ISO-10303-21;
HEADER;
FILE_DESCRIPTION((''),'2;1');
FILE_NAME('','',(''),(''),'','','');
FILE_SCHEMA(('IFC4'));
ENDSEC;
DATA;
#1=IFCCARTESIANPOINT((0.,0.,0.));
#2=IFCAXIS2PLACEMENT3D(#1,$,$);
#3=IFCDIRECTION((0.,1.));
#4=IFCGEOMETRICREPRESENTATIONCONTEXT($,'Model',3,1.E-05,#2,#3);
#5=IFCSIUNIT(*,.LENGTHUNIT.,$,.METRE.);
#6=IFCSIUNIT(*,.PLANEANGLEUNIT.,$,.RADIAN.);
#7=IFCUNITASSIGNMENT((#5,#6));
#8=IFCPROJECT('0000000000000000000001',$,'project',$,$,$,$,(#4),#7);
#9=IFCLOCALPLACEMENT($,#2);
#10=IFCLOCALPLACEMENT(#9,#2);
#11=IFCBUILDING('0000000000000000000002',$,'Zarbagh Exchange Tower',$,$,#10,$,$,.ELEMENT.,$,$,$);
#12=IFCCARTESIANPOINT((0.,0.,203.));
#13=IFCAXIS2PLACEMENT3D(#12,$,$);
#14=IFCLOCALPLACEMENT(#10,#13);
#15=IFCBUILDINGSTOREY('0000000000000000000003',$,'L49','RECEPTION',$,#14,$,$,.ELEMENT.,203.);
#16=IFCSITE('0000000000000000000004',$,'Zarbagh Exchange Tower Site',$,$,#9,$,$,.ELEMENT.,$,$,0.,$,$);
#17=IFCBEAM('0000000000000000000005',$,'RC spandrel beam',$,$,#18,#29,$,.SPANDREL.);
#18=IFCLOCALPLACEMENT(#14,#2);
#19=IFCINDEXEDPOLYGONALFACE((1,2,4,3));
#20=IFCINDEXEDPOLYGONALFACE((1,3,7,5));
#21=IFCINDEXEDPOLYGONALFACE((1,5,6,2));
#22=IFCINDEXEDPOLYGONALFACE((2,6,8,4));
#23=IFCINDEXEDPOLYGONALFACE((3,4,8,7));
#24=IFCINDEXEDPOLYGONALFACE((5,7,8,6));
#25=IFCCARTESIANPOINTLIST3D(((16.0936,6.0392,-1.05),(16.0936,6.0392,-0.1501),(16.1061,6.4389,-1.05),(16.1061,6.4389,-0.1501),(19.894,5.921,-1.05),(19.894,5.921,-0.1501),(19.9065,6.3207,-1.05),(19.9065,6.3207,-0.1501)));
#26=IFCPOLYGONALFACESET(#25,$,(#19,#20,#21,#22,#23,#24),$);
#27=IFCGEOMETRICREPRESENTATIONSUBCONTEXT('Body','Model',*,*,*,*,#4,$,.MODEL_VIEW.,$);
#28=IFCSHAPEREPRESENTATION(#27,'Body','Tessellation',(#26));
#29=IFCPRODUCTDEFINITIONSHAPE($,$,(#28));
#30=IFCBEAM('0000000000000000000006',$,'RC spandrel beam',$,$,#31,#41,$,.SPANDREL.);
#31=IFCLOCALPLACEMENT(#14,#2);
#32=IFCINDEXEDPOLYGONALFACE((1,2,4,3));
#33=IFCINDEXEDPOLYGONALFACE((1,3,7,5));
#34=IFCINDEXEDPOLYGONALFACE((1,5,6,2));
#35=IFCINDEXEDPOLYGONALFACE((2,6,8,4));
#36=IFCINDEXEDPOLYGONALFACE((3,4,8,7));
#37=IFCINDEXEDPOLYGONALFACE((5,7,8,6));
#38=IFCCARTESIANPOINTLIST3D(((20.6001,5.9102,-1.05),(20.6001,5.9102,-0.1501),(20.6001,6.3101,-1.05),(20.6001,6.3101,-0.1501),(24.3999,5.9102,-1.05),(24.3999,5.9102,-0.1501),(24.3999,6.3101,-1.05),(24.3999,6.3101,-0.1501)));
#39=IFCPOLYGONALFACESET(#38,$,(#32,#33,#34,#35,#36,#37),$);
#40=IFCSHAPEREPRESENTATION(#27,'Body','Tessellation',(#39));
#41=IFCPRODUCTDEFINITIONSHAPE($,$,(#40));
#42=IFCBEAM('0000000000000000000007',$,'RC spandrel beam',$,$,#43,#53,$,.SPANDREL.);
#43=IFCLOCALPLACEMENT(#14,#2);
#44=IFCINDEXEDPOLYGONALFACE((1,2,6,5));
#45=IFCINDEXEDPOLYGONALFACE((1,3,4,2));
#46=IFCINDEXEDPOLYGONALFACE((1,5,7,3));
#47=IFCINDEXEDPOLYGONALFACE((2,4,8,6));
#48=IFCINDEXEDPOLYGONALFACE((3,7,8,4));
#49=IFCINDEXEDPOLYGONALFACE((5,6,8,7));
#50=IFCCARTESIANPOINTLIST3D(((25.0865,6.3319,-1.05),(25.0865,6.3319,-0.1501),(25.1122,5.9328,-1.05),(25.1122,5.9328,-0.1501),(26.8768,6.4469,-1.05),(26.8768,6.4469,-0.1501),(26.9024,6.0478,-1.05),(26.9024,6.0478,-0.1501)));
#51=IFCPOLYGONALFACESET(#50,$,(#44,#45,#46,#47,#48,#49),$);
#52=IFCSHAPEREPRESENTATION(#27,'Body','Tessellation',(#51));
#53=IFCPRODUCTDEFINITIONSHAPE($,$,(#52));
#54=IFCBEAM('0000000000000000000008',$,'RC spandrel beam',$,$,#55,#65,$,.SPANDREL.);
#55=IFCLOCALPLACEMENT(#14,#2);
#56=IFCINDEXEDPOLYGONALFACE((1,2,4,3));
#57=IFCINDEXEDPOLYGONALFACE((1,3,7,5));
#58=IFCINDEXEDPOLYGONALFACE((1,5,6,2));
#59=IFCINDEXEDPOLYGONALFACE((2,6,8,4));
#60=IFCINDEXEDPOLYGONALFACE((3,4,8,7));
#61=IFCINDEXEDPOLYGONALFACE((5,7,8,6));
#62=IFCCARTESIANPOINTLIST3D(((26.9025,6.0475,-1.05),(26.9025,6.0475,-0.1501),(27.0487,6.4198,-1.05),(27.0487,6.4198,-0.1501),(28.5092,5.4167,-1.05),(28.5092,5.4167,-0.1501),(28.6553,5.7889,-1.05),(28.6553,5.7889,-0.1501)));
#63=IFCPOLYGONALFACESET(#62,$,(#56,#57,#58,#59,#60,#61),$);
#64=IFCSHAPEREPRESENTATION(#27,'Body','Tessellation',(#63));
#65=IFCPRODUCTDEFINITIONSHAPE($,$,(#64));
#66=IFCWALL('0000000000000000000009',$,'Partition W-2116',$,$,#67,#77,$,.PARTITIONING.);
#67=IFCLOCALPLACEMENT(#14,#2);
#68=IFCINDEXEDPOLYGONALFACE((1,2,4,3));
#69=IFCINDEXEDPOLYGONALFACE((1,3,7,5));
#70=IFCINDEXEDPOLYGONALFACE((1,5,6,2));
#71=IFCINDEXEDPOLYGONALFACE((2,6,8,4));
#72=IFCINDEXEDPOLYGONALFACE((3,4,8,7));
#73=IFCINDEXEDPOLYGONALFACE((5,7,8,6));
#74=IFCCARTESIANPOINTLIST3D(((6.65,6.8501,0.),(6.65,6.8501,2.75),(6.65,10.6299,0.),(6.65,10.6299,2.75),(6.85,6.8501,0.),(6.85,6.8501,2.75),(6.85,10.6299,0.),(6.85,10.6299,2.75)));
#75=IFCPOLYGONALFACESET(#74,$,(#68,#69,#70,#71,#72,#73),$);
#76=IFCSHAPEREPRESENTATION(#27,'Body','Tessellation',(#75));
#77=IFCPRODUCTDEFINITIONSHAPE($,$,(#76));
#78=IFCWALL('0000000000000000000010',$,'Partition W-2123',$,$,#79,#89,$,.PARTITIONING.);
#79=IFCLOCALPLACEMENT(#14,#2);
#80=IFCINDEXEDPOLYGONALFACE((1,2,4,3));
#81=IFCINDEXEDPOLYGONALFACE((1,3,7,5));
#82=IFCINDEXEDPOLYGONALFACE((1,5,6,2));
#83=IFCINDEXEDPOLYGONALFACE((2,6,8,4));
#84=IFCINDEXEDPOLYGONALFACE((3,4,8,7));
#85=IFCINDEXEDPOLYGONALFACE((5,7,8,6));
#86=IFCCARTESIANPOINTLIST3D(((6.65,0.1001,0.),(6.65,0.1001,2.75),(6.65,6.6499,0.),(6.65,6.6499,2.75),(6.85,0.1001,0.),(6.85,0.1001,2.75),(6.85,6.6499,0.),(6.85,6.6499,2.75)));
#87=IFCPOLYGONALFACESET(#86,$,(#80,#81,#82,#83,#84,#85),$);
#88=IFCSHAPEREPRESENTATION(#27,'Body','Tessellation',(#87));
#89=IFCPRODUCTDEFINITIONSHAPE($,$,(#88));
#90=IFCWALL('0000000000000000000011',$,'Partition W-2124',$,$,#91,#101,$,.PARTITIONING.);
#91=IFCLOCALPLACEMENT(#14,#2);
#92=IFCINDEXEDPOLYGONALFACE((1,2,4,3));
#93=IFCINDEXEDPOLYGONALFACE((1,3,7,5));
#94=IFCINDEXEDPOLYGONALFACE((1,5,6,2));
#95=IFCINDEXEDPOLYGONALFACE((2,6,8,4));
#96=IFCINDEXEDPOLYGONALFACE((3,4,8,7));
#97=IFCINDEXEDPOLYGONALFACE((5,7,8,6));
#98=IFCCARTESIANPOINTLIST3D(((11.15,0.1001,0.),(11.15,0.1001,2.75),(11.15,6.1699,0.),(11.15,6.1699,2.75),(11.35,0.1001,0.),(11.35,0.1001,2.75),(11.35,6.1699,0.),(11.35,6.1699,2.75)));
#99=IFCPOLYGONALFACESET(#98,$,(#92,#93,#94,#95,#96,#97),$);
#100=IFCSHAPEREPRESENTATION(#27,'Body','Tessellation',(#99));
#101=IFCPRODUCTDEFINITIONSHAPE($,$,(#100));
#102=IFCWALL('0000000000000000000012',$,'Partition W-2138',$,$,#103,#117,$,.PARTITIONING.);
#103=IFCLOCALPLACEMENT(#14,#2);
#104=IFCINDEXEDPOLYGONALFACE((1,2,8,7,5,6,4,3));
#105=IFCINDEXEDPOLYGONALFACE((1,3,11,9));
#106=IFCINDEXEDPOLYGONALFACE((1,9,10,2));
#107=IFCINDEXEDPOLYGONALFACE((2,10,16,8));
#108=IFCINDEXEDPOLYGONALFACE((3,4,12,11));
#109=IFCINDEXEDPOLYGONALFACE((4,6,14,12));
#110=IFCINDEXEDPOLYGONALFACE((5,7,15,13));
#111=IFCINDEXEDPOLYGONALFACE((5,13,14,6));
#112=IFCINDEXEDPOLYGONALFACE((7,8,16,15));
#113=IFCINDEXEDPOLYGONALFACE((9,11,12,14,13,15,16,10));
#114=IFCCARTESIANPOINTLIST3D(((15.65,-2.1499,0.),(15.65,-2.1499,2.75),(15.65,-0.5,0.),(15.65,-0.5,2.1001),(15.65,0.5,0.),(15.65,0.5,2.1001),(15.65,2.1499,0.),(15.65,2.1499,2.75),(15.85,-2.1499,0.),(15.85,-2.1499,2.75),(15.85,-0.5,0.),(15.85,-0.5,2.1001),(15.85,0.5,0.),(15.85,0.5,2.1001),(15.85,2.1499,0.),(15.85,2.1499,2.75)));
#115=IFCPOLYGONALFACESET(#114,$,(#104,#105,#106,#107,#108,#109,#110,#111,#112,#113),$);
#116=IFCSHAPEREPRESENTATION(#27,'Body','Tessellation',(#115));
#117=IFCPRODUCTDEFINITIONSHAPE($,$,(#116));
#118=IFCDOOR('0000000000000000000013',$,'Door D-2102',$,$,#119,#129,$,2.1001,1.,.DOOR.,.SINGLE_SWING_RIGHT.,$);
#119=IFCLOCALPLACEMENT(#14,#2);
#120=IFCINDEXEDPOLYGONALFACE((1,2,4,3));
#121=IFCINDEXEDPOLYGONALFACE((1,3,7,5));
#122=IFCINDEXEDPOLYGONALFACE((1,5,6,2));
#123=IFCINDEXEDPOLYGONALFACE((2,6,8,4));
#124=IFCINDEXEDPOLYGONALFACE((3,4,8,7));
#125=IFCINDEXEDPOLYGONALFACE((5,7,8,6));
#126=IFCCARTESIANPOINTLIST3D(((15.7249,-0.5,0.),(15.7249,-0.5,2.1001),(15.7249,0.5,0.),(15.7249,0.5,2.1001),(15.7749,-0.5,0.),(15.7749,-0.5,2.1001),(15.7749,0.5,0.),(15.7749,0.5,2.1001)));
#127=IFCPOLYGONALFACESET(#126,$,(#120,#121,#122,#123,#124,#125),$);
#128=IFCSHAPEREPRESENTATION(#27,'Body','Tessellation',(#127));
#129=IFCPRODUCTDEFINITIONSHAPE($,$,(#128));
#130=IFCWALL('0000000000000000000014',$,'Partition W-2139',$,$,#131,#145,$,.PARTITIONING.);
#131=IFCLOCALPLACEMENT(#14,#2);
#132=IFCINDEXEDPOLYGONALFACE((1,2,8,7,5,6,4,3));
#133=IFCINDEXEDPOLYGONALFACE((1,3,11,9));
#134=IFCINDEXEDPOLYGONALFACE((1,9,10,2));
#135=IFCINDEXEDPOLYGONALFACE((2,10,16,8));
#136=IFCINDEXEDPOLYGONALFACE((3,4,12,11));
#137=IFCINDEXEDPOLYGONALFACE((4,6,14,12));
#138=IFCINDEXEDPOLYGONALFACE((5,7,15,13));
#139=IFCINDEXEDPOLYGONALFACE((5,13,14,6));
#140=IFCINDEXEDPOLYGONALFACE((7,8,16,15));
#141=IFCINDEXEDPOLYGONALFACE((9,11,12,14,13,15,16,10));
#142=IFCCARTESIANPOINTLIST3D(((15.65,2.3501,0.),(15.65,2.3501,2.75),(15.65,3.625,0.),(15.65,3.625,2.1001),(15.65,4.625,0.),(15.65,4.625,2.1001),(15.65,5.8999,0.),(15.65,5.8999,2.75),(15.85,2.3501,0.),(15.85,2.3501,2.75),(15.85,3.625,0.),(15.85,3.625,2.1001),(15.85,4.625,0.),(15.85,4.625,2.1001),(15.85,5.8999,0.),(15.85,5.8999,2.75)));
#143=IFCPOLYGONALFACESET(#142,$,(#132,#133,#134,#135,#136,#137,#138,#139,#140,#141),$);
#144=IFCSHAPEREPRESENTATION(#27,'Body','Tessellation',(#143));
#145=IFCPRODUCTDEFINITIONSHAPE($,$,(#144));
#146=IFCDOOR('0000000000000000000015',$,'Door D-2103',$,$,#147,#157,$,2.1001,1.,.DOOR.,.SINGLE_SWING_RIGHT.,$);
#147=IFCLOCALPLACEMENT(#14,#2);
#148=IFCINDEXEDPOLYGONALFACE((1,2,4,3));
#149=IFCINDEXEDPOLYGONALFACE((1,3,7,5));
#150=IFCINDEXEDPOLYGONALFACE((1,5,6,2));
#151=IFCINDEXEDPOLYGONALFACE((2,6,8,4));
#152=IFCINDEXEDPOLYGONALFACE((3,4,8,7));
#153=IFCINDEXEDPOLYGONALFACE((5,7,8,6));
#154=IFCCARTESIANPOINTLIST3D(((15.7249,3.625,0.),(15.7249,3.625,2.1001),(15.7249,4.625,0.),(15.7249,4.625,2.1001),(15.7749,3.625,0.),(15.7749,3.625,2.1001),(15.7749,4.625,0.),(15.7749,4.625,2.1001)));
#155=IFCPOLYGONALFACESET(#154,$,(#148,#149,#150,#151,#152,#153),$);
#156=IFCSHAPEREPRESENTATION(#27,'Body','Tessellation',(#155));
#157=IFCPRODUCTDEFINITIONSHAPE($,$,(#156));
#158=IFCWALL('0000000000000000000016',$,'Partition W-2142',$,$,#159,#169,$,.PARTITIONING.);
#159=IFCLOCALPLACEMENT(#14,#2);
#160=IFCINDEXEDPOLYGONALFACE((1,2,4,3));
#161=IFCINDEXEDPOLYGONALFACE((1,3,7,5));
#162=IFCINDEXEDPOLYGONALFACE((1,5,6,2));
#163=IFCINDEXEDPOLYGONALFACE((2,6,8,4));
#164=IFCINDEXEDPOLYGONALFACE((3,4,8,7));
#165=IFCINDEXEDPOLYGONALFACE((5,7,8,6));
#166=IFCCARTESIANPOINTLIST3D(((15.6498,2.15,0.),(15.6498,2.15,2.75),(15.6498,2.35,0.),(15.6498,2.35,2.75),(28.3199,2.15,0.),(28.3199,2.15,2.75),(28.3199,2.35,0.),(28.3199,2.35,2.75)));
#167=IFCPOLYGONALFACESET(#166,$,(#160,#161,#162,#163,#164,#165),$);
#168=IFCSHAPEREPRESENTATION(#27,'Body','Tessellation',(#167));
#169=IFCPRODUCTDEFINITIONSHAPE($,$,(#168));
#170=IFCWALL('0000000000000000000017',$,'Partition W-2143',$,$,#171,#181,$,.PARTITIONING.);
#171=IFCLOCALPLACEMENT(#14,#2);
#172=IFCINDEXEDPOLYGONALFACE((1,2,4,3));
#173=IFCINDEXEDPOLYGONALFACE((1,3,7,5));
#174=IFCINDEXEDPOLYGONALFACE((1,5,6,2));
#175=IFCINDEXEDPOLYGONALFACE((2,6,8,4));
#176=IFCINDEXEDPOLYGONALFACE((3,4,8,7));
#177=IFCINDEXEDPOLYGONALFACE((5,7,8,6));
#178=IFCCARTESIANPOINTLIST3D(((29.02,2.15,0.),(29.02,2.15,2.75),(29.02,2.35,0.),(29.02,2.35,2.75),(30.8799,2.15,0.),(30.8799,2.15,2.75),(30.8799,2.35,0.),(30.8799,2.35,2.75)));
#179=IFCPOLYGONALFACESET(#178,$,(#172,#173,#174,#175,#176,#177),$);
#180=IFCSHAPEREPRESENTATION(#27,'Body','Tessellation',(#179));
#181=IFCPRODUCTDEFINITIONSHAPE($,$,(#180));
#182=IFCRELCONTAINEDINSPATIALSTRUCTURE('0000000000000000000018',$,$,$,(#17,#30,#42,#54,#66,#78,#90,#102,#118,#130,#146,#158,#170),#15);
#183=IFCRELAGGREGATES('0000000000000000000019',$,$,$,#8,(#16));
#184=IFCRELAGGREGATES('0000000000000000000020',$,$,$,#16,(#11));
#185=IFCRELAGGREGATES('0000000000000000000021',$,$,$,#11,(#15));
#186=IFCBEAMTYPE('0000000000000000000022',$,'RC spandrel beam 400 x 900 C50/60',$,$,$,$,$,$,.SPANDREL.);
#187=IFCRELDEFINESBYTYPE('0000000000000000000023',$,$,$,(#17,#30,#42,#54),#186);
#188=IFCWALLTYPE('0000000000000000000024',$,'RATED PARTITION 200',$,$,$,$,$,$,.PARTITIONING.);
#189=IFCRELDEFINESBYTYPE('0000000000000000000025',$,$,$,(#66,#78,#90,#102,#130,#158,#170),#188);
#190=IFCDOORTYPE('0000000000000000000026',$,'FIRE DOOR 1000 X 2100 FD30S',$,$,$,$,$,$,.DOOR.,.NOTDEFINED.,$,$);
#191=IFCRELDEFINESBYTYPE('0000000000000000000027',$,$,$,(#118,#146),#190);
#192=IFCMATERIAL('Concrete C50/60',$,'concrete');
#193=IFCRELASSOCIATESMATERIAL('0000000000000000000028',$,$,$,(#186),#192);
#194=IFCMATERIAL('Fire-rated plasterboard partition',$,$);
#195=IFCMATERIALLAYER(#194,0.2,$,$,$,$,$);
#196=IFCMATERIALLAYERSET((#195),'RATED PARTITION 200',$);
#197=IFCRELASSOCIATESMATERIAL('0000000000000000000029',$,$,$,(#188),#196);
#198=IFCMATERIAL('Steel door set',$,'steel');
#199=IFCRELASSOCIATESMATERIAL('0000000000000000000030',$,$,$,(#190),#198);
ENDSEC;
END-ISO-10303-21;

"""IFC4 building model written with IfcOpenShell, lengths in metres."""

from ifc_helpers import new_model, si_unit, direction, frame, frame_2d, origin, origin_2d, place, context, subcontext, project, spatial, rectangle, extrude, material, layer, layer_set, material_profile, profile_set, type_object, element, fill, save


model = new_model("IFC4")

# Units and contexts
model_context = context("Model", 3, precision=1e-05, world=origin(), true_north=direction((0.0, 1.0)))
body_context = subcontext(model_context, "Body", "Model", "MODEL_VIEW")
ifc_project = project(units=[si_unit("LENGTHUNIT", "METRE"), si_unit("PLANEANGLEUNIT", "RADIAN")], contexts=[model_context])

# Site, building, storey
site_placement = place(None, origin())
site = spatial("IfcSite", under=ifc_project, at=site_placement, Name="Zarbagh Exchange Tower Site", CompositionType="ELEMENT", RefElevation=0.0)
building_placement = place(site_placement, origin())
building = spatial("IfcBuilding", under=site, at=building_placement, Name="Zarbagh Exchange Tower", CompositionType="ELEMENT")
storey_placement = place(building_placement, frame((0.0, 0.0, 203.0)))
storey = spatial("IfcBuildingStorey", under=building, at=storey_placement, Name="L49", Description="RECEPTION", CompositionType="ELEMENT", Elevation=203.0)

# Shared definitions
ifc_material_1 = material(Name="Concrete C50/60", Category="concrete")

# Beams
ifc_material_profile_1 = material_profile(ifc_material_1, rectangle(XDim=0.3999, YDim=0.8999, at=origin_2d()), Name="RC spandrel beam 400 x 900 C50/60")
ifc_profile_set_1 = profile_set([ifc_material_profile_1], Name="Concrete C50/60")
beam_type_1 = type_object("IfcBeamType", Name="RC spandrel beam 400 x 900 C50/60", PredefinedType="SPANDREL", material=ifc_profile_set_1)
beam_1_placement = place(storey_placement, frame((16.0999, 6.239, -0.6001), z_axis=(0.999517, -0.031078, 0.0), x_axis=(0.031078, 0.999517, 0.0)))
element("IfcBeam", 1, at=beam_1_placement, inside=storey, type_object=beam_type_1, Name="RC spandrel beam", PredefinedType="SPANDREL", context=body_context, shape_type="SweptSolid", body=[
    extrude(rectangle(XDim=0.3999, YDim=0.8999, at=origin_2d()), origin(), (0.0, 0.0, 1.0), 3.8022),
])
beam_2_placement = place(storey_placement, frame((20.6001, 6.1101, -0.6001), z_axis=(1.0, 0.0, 0.0), x_axis=(0.0, 1.0, 0.0)))
element("IfcBeam", 2, at=beam_2_placement, inside=storey, type_object=beam_type_1, Name="RC spandrel beam", PredefinedType="SPANDREL", context=body_context, shape_type="SweptSolid", body=[
    extrude(rectangle(XDim=0.3999, YDim=0.8999, at=origin_2d()), origin(), (0.0, 0.0, 1.0), 3.7998),
])
beam_3_placement = place(storey_placement, frame((25.0994, 6.1323, -0.6001), z_axis=(0.997944, 0.064098, 0.0), x_axis=(-0.064098, 0.997944, 0.0)))
element("IfcBeam", 3, at=beam_3_placement, inside=storey, type_object=beam_type_1, Name="RC spandrel beam", PredefinedType="SPANDREL", context=body_context, shape_type="SweptSolid", body=[
    extrude(rectangle(XDim=0.3999, YDim=0.8999, at=origin_2d()), origin(), (0.0, 0.0, 1.0), 1.7939),
])
beam_4_placement = place(storey_placement, frame((26.9756, 6.2336, -0.6001), z_axis=(0.930819, -0.365482, 0.0), x_axis=(0.365482, 0.930819, 0.0)))
element("IfcBeam", 4, at=beam_4_placement, inside=storey, type_object=beam_type_1, Name="RC spandrel beam", PredefinedType="SPANDREL", context=body_context, shape_type="SweptSolid", body=[
    extrude(rectangle(XDim=0.3999, YDim=0.8999, at=origin_2d()), origin(), (0.0, 0.0, 1.0), 1.7261),
])

# Walls
ifc_material_2 = material(Name="Fire-rated plasterboard partition")
ifc_layer = layer(ifc_material_2, 0.2)
ifc_layer_set = layer_set([ifc_layer], Name="RATED PARTITION 200")
wall_type = type_object("IfcWallType", Name="RATED PARTITION 200", PredefinedType="PARTITIONING", material=ifc_layer_set)
wall_1_placement = place(storey_placement, frame((6.75, 6.8501, 0.0), z_axis=(0.0, 0.0, 1.0), x_axis=(0.0, 1.0, 0.0)))
element("IfcWall", 5, at=wall_1_placement, inside=storey, type_object=wall_type, Name="Partition W-2116", PredefinedType="PARTITIONING", context=body_context, shape_type="SweptSolid", body=[
    extrude(rectangle(XDim=3.7798, YDim=0.2, at=frame_2d((1.8899, 0.0))), origin(), (0.0, 0.0, 1.0), 2.75),
])
wall_2_placement = place(storey_placement, frame((6.75, 0.1001, 0.0), z_axis=(0.0, 0.0, 1.0), x_axis=(0.0, 1.0, 0.0)))
element("IfcWall", 6, at=wall_2_placement, inside=storey, type_object=wall_type, Name="Partition W-2123", PredefinedType="PARTITIONING", context=body_context, shape_type="SweptSolid", body=[
    extrude(rectangle(XDim=6.5498, YDim=0.2, at=frame_2d((3.2749, 0.0))), origin(), (0.0, 0.0, 1.0), 2.75),
])
wall_3_placement = place(storey_placement, frame((11.25, 0.1001, 0.0), z_axis=(0.0, 0.0, 1.0), x_axis=(0.0, 1.0, 0.0)))
element("IfcWall", 7, at=wall_3_placement, inside=storey, type_object=wall_type, Name="Partition W-2124", PredefinedType="PARTITIONING", context=body_context, shape_type="SweptSolid", body=[
    extrude(rectangle(XDim=6.0698, YDim=0.2, at=frame_2d((3.0349, 0.0))), origin(), (0.0, 0.0, 1.0), 2.75),
])

# Walls, openings, doors
wall_4_placement = place(storey_placement, frame((15.75, 2.1499, 0.0), z_axis=(0.0, 0.0, 1.0), x_axis=(0.0, -1.0, 0.0)))
wall_4 = element("IfcWall", 8, at=wall_4_placement, inside=storey, type_object=wall_type, Name="Partition W-2138", PredefinedType="PARTITIONING", context=body_context, shape_type="SweptSolid", body=[
    extrude(rectangle(XDim=4.2998, YDim=0.2, at=frame_2d((2.1499, 0.0))), origin(), (0.0, 0.0, 1.0), 2.75),
])
opening_1_placement = place(wall_4_placement, frame((1.6499, 0.0, 0.0)))
opening_1 = element("IfcOpeningElement", 9, at=opening_1_placement, cuts=wall_4, PredefinedType="OPENING", context=body_context, shape_type="SweptSolid", body=[
    extrude(rectangle(XDim=1.0, YDim=2.1001, at=frame_2d((0.5, 1.05))), frame((0.0, 0.1099, 0.0), z_axis=(0.0, -1.0, 0.0), x_axis=(1.0, 0.0, 0.0)), (0.0, 0.0, 1.0), 0.22),
])
ifc_material_3 = material(Name="Steel door set", Category="steel")
door_type = type_object("IfcDoorType", Name="FIRE DOOR 1000 X 2100 FD30S", OperationType="NOTDEFINED", PredefinedType="DOOR", material=ifc_material_3)
door_1_placement = place(opening_1_placement, origin())
door_1 = element("IfcDoor", 10, at=door_1_placement, inside=storey, type_object=door_type, Name="Door D-2102", OperationType="SINGLE_SWING_RIGHT", OverallHeight=2.1001, OverallWidth=1.0, PredefinedType="DOOR", context=body_context, shape_type="SweptSolid", body=[
    extrude(rectangle(XDim=1.0, YDim=2.1001, at=frame_2d((0.5, 1.05))), frame((0.0, 0.0249, 0.0), z_axis=(0.0, -1.0, 0.0), x_axis=(1.0, 0.0, 0.0)), (0.0, 0.0, 1.0), 0.05),
])
fill(opening_1, door_1)
wall_5_placement = place(storey_placement, frame((15.75, 5.8999, 0.0), z_axis=(0.0, 0.0, 1.0), x_axis=(0.0, -1.0, 0.0)))
wall_5 = element("IfcWall", 11, at=wall_5_placement, inside=storey, type_object=wall_type, Name="Partition W-2139", PredefinedType="PARTITIONING", context=body_context, shape_type="SweptSolid", body=[
    extrude(rectangle(XDim=3.5498, YDim=0.2, at=frame_2d((1.7749, 0.0))), origin(), (0.0, 0.0, 1.0), 2.75),
])
opening_2_placement = place(wall_5_placement, frame((1.2749, 0.0, 0.0)))
opening_2 = element("IfcOpeningElement", 12, at=opening_2_placement, cuts=wall_5, PredefinedType="OPENING", context=body_context, shape_type="SweptSolid", body=[
    extrude(rectangle(XDim=1.0, YDim=2.1001, at=frame_2d((0.5, 1.05))), frame((0.0, 0.1099, 0.0), z_axis=(0.0, -1.0, 0.0), x_axis=(1.0, 0.0, 0.0)), (0.0, 0.0, 1.0), 0.22),
])
door_2_placement = place(opening_2_placement, origin())
door_2 = element("IfcDoor", 13, at=door_2_placement, inside=storey, type_object=door_type, Name="Door D-2103", OperationType="SINGLE_SWING_RIGHT", OverallHeight=2.1001, OverallWidth=1.0, PredefinedType="DOOR", context=body_context, shape_type="SweptSolid", body=[
    extrude(rectangle(XDim=1.0, YDim=2.1001, at=frame_2d((0.5, 1.05))), frame((0.0, 0.0249, 0.0), z_axis=(0.0, -1.0, 0.0), x_axis=(1.0, 0.0, 0.0)), (0.0, 0.0, 1.0), 0.05),
])
fill(opening_2, door_2)

# Walls
wall_6_placement = place(storey_placement, frame((15.6499, 2.25, 0.0), z_axis=(0.0, 0.0, 1.0), x_axis=(1.0, 0.0, 0.0)))
element("IfcWall", 14, at=wall_6_placement, inside=storey, type_object=wall_type, Name="Partition W-2142", PredefinedType="PARTITIONING", context=body_context, shape_type="SweptSolid", body=[
    extrude(rectangle(XDim=12.6702, YDim=0.2, at=frame_2d((6.335, 0.0))), origin(), (0.0, 0.0, 1.0), 2.75),
])
wall_7_placement = place(storey_placement, frame((29.02, 2.25, 0.0), z_axis=(0.0, 0.0, 1.0), x_axis=(1.0, 0.0, 0.0)))
element("IfcWall", 15, at=wall_7_placement, inside=storey, type_object=wall_type, Name="Partition W-2143", PredefinedType="PARTITIONING", context=body_context, shape_type="SweptSolid", body=[
    extrude(rectangle(XDim=1.8599, YDim=0.2, at=frame_2d((0.9299, 0.0))), origin(), (0.0, 0.0, 1.0), 2.75),
])

save(model, "model.ifc")
